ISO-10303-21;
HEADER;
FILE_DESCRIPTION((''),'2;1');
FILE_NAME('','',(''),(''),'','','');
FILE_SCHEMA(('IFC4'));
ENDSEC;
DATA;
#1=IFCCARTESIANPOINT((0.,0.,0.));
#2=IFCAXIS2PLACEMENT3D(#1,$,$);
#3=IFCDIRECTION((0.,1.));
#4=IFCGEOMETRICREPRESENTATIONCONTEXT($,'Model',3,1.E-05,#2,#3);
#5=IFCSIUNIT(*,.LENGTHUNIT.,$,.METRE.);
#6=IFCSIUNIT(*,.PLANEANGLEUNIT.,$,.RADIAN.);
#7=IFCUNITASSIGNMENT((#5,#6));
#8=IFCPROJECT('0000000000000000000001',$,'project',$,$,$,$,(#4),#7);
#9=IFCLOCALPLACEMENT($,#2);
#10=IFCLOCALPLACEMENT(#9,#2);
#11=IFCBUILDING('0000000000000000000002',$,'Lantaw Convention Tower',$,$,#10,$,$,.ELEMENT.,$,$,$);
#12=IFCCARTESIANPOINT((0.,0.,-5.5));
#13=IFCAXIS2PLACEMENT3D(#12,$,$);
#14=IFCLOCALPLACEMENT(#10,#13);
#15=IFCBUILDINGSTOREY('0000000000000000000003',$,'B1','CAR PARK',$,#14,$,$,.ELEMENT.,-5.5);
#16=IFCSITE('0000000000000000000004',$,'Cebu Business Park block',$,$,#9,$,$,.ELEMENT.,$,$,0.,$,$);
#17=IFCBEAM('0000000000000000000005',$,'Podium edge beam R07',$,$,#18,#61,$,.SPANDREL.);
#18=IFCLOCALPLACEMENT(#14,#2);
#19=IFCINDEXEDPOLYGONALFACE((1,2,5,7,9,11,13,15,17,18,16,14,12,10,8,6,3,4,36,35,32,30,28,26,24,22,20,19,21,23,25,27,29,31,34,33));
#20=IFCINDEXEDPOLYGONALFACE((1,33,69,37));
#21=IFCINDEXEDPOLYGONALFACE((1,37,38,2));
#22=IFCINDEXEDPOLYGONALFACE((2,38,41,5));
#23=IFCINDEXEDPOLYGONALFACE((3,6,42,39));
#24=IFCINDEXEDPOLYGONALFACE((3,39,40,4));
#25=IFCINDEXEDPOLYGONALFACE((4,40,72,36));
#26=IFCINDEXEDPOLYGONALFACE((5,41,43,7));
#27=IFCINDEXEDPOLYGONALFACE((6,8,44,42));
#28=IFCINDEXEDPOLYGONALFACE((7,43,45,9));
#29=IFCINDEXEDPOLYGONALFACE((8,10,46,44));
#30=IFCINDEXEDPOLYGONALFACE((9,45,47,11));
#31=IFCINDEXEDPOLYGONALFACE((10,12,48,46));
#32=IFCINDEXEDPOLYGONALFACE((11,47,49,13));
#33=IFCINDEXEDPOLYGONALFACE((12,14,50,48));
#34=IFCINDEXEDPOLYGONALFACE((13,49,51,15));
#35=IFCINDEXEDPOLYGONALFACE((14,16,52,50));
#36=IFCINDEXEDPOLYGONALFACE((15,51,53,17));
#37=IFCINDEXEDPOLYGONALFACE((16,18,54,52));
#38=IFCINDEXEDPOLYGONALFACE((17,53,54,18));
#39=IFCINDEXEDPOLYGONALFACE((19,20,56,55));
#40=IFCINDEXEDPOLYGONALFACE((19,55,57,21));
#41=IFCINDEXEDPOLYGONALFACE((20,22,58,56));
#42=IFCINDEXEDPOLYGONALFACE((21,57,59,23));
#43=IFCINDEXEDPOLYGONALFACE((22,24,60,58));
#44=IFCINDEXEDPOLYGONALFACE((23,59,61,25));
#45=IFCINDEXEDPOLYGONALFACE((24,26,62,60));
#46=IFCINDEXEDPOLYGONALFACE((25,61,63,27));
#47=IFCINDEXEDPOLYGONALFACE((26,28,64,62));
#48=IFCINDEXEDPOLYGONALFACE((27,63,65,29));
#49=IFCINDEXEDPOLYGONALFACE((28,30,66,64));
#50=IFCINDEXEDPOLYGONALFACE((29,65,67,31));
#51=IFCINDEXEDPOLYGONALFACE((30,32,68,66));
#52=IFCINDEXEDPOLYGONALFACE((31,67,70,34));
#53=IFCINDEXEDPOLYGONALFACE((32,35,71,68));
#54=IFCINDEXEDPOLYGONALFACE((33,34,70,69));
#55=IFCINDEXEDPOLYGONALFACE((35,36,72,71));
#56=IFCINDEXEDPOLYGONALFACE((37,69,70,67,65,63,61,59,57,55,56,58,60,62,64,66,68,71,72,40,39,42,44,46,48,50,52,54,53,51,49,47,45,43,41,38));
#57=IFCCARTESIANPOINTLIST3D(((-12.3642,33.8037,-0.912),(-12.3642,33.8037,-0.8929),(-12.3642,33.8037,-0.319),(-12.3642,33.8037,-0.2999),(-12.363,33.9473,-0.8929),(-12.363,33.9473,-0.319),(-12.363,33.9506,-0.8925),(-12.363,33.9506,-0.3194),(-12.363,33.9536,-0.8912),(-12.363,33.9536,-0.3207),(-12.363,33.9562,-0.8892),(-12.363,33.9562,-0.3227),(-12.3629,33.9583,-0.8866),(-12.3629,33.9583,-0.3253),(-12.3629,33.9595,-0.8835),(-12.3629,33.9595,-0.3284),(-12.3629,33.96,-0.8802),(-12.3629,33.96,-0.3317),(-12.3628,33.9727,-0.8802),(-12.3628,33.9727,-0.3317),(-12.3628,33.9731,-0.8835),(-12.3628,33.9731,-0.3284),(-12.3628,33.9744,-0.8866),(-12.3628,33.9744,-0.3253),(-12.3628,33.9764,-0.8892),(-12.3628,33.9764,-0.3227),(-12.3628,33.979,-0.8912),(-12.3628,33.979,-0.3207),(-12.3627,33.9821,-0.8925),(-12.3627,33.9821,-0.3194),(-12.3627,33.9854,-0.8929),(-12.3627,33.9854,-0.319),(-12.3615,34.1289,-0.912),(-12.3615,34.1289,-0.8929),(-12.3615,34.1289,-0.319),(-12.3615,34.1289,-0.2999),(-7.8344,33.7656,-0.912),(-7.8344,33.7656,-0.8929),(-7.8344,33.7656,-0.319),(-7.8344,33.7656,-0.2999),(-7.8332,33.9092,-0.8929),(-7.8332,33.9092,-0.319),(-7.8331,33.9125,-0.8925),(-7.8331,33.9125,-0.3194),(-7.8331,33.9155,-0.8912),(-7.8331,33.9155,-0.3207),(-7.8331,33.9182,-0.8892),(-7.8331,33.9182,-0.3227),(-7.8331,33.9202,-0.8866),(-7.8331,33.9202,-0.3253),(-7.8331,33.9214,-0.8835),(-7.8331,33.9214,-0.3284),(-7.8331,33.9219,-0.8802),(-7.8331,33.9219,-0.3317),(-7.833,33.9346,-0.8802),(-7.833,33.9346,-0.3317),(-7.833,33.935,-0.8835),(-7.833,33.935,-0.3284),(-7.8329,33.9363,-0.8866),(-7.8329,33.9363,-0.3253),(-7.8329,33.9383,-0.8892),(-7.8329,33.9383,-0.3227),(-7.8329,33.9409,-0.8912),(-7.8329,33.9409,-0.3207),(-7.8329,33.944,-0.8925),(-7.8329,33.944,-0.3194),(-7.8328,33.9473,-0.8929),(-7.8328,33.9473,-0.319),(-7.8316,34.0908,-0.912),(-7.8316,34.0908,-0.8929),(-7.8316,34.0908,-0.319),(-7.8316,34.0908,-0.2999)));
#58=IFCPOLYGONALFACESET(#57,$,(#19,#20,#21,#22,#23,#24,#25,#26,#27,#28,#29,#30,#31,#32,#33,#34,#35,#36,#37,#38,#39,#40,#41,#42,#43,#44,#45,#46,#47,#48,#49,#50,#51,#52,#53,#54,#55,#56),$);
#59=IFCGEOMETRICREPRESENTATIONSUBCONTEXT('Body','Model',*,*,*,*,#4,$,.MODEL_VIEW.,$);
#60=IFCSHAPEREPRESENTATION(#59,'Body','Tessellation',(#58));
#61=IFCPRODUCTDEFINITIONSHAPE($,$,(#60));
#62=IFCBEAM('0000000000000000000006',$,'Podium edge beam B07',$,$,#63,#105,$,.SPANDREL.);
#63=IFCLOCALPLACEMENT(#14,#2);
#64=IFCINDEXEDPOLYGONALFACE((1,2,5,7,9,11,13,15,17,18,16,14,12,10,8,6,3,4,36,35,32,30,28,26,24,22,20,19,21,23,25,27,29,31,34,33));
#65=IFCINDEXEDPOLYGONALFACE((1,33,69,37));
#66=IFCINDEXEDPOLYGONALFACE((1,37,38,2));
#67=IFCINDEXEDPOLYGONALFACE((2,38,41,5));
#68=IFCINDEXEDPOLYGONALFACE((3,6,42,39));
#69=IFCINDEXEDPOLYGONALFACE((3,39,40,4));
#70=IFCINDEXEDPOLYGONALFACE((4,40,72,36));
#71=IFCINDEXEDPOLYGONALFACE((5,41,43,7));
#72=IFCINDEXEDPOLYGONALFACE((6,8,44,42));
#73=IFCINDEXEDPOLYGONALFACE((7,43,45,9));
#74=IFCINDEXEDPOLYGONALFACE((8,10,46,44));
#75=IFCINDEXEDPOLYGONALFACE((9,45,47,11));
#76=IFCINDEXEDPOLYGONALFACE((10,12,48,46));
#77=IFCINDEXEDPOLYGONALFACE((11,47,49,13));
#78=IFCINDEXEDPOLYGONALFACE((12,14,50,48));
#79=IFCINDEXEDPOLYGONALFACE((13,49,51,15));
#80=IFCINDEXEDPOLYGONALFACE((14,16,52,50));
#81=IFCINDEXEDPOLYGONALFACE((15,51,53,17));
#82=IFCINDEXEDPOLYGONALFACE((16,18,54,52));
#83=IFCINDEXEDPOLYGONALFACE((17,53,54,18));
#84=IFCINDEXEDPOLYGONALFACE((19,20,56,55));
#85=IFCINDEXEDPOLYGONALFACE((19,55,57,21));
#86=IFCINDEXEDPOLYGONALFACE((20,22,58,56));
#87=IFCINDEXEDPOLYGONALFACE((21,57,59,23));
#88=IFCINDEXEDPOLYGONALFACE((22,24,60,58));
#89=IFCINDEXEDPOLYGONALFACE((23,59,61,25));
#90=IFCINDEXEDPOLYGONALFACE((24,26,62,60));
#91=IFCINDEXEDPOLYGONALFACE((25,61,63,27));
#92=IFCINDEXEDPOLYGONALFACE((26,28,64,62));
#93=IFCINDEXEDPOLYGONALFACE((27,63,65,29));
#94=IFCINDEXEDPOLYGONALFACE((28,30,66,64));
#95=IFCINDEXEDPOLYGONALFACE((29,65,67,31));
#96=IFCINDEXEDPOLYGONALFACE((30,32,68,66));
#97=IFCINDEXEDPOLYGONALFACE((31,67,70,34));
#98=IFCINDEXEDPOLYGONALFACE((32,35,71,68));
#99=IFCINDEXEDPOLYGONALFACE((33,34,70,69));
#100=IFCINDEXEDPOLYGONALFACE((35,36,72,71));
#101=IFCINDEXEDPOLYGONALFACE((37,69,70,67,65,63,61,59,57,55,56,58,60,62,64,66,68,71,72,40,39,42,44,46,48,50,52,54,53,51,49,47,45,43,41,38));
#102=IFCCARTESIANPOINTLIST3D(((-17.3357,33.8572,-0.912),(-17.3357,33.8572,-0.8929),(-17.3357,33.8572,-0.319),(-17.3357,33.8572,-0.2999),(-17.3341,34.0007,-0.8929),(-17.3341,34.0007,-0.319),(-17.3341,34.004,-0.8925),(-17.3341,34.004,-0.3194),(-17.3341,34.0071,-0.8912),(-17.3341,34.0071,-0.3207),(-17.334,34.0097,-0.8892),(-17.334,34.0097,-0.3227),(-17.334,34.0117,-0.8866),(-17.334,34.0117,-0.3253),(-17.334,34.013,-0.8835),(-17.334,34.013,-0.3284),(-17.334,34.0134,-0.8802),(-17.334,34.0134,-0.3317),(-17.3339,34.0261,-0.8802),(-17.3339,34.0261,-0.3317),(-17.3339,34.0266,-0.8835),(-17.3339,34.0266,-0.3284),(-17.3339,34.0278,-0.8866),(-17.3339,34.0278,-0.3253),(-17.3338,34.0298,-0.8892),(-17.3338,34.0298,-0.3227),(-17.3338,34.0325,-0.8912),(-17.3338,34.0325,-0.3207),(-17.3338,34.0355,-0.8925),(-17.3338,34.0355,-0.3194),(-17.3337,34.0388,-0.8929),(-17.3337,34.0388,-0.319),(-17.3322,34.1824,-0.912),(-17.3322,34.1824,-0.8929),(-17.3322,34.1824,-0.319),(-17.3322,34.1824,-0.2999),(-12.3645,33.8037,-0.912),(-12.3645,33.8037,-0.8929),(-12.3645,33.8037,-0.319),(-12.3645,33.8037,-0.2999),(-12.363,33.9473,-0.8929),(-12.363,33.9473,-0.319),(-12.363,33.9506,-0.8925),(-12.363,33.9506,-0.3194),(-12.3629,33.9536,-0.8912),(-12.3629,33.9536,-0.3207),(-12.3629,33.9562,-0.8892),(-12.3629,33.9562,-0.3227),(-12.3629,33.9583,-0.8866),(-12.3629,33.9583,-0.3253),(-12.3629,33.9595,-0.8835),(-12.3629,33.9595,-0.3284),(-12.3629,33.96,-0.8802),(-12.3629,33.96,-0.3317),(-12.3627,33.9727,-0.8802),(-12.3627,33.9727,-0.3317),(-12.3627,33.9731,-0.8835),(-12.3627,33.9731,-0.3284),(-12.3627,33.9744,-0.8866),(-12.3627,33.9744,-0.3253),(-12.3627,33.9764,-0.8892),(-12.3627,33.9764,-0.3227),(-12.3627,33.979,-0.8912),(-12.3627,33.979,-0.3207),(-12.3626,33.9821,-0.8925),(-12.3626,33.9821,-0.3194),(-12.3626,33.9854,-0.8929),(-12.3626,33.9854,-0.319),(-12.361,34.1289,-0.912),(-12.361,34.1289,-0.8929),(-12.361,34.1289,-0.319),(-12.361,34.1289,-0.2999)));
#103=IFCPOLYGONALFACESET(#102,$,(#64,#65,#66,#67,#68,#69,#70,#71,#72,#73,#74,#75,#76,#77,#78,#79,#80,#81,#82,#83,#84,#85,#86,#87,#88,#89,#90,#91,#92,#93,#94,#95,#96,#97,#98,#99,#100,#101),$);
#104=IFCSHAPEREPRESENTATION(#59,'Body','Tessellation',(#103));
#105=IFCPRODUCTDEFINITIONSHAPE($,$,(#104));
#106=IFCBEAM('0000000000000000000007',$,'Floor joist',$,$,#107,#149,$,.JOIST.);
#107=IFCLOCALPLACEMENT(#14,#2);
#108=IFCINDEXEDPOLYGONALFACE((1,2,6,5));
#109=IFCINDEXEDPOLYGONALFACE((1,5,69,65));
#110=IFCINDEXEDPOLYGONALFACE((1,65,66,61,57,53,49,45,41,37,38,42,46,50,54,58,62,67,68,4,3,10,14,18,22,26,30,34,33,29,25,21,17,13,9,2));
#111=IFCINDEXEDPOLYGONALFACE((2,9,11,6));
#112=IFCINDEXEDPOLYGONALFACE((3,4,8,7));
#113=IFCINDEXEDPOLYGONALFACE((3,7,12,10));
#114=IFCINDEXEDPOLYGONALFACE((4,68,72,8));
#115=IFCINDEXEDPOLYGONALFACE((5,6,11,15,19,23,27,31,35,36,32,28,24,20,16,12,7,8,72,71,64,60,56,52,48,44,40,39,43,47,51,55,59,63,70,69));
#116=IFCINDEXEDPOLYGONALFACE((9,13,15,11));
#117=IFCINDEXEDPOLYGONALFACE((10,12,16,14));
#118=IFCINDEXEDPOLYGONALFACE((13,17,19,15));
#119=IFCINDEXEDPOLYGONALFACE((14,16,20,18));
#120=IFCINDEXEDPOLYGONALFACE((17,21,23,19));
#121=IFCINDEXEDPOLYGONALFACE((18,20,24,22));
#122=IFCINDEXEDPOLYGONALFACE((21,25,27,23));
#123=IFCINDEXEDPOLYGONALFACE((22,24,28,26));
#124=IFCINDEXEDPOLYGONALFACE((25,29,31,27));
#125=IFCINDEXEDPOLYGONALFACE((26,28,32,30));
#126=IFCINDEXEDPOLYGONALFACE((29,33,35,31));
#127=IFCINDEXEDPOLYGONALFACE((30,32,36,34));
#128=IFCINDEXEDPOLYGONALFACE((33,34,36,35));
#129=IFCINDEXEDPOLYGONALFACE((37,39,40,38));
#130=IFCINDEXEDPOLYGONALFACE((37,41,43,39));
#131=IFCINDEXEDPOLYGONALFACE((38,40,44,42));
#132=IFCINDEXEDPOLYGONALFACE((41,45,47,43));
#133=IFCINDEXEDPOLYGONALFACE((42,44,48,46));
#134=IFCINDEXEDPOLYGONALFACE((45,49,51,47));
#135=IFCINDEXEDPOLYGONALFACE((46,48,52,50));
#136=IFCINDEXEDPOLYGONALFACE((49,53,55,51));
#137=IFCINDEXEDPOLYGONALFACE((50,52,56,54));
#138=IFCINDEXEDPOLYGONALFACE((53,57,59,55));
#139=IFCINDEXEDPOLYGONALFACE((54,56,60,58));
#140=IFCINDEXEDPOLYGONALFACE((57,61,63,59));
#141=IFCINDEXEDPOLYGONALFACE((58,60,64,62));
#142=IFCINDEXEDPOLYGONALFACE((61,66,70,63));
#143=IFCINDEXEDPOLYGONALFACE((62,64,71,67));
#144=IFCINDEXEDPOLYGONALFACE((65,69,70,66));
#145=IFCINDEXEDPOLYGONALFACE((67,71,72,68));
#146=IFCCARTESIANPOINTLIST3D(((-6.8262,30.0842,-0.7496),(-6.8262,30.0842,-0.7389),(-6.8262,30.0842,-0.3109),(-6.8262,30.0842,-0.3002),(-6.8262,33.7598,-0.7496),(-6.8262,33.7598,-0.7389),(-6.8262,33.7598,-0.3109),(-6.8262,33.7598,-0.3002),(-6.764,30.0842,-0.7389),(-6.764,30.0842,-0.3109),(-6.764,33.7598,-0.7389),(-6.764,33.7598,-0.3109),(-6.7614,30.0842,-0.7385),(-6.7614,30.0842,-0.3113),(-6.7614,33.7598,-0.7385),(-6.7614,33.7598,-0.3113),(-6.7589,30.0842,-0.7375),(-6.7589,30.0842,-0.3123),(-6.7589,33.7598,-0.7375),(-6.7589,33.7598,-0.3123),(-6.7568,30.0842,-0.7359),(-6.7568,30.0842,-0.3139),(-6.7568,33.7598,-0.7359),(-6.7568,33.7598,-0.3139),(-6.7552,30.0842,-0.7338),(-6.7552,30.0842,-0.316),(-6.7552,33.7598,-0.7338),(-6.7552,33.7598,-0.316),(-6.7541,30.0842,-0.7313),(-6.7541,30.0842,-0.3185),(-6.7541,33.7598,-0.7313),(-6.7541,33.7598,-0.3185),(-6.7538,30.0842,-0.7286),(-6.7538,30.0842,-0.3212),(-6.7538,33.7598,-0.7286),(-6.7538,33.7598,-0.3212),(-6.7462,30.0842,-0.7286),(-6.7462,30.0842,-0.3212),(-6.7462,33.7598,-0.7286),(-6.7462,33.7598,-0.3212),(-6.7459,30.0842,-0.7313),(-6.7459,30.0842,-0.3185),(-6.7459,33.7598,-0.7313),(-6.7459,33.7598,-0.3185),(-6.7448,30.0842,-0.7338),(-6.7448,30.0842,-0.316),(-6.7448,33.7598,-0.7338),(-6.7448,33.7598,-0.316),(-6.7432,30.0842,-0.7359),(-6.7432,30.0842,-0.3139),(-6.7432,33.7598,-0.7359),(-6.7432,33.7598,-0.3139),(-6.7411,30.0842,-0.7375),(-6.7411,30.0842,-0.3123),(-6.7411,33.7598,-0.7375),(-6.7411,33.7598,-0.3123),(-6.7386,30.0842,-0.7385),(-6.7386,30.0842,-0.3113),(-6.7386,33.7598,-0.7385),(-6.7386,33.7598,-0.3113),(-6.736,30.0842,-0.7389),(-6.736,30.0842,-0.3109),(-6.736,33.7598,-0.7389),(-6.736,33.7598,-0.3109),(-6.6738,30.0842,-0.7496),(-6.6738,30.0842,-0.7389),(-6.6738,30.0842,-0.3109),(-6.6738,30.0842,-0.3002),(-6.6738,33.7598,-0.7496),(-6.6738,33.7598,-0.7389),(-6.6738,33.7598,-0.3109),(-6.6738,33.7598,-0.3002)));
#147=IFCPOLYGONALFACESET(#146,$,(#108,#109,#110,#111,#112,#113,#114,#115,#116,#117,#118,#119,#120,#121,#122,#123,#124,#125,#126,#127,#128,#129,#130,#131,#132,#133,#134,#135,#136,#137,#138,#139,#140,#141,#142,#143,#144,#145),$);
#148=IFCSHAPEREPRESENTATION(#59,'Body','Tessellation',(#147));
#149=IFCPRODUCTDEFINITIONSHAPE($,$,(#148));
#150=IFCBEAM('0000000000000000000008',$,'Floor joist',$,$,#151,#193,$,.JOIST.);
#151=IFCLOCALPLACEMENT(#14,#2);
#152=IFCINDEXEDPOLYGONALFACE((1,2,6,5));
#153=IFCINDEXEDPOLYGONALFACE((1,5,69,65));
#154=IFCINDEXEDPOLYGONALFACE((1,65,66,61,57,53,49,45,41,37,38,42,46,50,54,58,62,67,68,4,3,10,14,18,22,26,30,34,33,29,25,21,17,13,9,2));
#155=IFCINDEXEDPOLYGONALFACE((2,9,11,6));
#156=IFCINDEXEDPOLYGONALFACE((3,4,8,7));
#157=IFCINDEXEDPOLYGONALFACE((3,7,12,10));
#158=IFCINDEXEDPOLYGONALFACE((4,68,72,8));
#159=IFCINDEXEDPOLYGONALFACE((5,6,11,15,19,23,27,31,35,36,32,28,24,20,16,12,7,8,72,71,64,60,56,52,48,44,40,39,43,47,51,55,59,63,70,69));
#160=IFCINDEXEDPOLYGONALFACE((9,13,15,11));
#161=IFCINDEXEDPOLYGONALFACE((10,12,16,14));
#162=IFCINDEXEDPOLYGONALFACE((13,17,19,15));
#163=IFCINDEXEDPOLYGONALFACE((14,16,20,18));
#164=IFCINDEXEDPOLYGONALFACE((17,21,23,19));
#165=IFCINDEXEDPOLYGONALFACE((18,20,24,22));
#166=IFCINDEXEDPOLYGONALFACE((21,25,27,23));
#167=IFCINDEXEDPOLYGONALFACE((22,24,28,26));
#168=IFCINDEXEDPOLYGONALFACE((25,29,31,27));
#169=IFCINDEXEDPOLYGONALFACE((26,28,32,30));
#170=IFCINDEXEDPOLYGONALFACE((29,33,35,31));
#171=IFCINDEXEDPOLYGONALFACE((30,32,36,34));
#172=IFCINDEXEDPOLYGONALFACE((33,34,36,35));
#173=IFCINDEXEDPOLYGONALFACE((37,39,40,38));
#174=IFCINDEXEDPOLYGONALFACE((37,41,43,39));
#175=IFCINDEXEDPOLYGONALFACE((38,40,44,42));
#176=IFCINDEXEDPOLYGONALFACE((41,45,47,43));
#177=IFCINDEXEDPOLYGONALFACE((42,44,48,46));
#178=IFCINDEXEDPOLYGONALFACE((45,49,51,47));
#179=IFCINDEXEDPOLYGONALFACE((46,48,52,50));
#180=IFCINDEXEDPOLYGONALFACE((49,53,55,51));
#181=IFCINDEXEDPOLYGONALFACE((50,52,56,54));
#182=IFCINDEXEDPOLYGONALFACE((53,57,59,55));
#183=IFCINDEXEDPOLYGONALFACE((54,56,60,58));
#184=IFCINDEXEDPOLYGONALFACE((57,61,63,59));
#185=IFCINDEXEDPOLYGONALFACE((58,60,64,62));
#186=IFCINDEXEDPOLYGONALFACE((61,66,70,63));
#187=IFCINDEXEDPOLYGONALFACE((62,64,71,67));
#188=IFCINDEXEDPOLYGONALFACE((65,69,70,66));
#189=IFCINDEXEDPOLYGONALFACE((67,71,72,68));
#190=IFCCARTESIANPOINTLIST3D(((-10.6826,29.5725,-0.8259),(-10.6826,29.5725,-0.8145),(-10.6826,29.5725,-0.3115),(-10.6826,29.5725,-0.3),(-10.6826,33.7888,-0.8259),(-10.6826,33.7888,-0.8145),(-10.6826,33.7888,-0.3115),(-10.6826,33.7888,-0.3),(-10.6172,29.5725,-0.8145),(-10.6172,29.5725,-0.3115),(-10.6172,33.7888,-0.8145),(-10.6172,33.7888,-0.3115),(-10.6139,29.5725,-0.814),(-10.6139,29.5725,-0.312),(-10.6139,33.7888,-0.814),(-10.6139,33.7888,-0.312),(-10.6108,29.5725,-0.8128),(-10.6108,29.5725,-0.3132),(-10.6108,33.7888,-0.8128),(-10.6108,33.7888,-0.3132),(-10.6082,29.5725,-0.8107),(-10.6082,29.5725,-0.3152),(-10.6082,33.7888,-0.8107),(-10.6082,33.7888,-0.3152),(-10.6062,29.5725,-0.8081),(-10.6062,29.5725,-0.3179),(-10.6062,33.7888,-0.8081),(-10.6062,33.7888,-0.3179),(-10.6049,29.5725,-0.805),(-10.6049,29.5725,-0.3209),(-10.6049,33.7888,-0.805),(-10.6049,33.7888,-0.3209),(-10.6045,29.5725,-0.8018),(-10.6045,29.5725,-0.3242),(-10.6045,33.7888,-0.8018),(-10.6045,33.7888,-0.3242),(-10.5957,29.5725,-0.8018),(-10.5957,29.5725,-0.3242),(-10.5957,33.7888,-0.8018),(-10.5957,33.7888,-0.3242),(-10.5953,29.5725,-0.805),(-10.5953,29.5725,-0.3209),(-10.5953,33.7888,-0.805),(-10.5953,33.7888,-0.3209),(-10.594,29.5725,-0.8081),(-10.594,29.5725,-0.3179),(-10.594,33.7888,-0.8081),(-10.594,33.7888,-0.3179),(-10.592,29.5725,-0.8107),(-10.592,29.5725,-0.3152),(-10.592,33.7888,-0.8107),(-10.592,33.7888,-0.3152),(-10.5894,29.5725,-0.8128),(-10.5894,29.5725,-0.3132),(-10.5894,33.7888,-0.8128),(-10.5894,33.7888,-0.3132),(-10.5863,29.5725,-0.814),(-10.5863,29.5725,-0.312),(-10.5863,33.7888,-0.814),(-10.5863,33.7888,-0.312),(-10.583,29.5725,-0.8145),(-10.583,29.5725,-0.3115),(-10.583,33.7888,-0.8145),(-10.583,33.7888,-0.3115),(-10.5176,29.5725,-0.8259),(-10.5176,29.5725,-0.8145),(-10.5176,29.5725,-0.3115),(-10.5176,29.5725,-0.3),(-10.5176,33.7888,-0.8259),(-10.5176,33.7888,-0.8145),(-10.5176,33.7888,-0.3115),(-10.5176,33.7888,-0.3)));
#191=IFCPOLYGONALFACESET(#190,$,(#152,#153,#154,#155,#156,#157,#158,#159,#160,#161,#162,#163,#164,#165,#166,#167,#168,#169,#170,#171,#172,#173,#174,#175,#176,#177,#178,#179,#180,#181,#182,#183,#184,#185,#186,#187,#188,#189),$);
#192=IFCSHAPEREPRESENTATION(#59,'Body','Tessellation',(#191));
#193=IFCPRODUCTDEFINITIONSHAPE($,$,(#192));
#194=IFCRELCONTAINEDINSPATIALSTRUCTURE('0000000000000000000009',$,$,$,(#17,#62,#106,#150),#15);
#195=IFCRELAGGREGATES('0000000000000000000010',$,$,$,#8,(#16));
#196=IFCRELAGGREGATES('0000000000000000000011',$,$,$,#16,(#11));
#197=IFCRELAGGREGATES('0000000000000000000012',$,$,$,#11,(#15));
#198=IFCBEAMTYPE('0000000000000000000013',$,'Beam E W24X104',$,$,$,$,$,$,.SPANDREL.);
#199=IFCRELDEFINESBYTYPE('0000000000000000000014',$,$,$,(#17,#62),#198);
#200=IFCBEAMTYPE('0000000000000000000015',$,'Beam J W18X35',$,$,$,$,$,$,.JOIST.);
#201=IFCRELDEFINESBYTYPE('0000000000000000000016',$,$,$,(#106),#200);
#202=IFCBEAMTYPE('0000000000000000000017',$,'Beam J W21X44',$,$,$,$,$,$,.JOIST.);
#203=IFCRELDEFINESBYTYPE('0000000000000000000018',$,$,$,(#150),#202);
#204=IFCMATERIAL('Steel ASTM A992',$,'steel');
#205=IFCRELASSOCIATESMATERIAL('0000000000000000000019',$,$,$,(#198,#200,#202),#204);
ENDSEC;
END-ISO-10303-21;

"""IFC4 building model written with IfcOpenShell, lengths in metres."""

from ifc_helpers import new_model, si_unit, direction, frame, origin, origin_2d, place, context, subcontext, project, spatial, i_section, extrude, material, material_profile, profile_set, type_object, element, save


model = new_model("IFC4")

# Units and contexts
model_context = context("Model", 3, precision=1e-05, world=origin(), true_north=direction((0.0, 1.0)))
body_context = subcontext(model_context, "Body", "Model", "MODEL_VIEW")
ifc_project = project(units=[si_unit("LENGTHUNIT", "METRE"), si_unit("PLANEANGLEUNIT", "RADIAN")], contexts=[model_context])

# Site, building, storey
site_placement = place(None, origin())
site = spatial("IfcSite", under=ifc_project, at=site_placement, Name="Cebu Business Park block", CompositionType="ELEMENT", RefElevation=0.0)
building_placement = place(site_placement, origin())
building = spatial("IfcBuilding", under=site, at=building_placement, Name="Lantaw Convention Tower", CompositionType="ELEMENT")
storey_placement = place(building_placement, frame((0.0, 0.0, -5.5)))
storey = spatial("IfcBuildingStorey", under=building, at=storey_placement, Name="B1", Description="CAR PARK", CompositionType="ELEMENT", Elevation=-5.5)

# Beams
ifc_material_1 = material(Name="Steel ASTM A992", Category="steel")
ifc_material_profile_1 = material_profile(ifc_material_1, i_section(OverallWidth=0.3252, OverallDepth=0.6121, WebThickness=0.0127, FlangeThickness=0.019, FilletRadius=0.0127, at=origin_2d()), Name="W24X104")
ifc_profile_set_1 = profile_set([ifc_material_profile_1], Name="Steel ASTM A992")
beam_type_1 = type_object("IfcBeamType", Name="Beam E W24X104", PredefinedType="SPANDREL", material=ifc_profile_set_1)
beam_1_placement = place(storey_placement, frame((-7.833, 33.9282, -0.606), z_axis=(-0.999965, 0.008408, 0.0), x_axis=(-0.008408, -0.999965, 0.0)))
element("IfcBeam", 1, at=beam_1_placement, inside=storey, type_object=beam_type_1, Name="Podium edge beam R07", PredefinedType="SPANDREL", context=body_context, shape_type="SweptSolid", body=[
    extrude(i_section(OverallWidth=0.3252, OverallDepth=0.6121, WebThickness=0.0127, FlangeThickness=0.019, FilletRadius=0.0127, at=origin_2d()), origin(), (0.0, 0.0, 1.0), 4.53),
])
beam_2_placement = place(storey_placement, frame((-12.3628, 33.9663, -0.606), z_axis=(-0.999942, 0.010755, 0.0), x_axis=(-0.010755, -0.999942, 0.0)))
element("IfcBeam", 2, at=beam_2_placement, inside=storey, type_object=beam_type_1, Name="Podium edge beam B07", PredefinedType="SPANDREL", context=body_context, shape_type="SweptSolid", body=[
    extrude(i_section(OverallWidth=0.3252, OverallDepth=0.6121, WebThickness=0.0127, FlangeThickness=0.019, FilletRadius=0.0127, at=origin_2d()), origin(), (0.0, 0.0, 1.0), 4.9714),
])
ifc_material_profile_2 = material_profile(ifc_material_1, i_section(OverallWidth=0.1523, OverallDepth=0.4495, WebThickness=0.0076, FlangeThickness=0.0107, FilletRadius=0.0103, at=origin_2d()), Name="W18X35")
ifc_profile_set_2 = profile_set([ifc_material_profile_2], Name="Steel ASTM A992")
beam_type_2 = type_object("IfcBeamType", Name="Beam J W18X35", PredefinedType="JOIST", material=ifc_profile_set_2)
beam_3_placement = place(storey_placement, frame((-6.75, 30.0842, -0.5249), z_axis=(0.0, 1.0, 0.0), x_axis=(-1.0, 0.0, 0.0)))
element("IfcBeam", 3, at=beam_3_placement, inside=storey, type_object=beam_type_2, Name="Floor joist", PredefinedType="JOIST", context=body_context, shape_type="SweptSolid", body=[
    extrude(i_section(OverallWidth=0.1523, OverallDepth=0.4495, WebThickness=0.0076, FlangeThickness=0.0107, FilletRadius=0.0103, at=origin_2d()), origin(), (0.0, 0.0, 1.0), 3.6755),
])
ifc_material_profile_3 = material_profile(ifc_material_1, i_section(OverallWidth=0.165, OverallDepth=0.5259, WebThickness=0.0088, FlangeThickness=0.0115, FilletRadius=0.0127, at=origin_2d()), Name="W21X44")
ifc_profile_set_3 = profile_set([ifc_material_profile_3], Name="Steel ASTM A992")
beam_type_3 = type_object("IfcBeamType", Name="Beam J W21X44", PredefinedType="JOIST", material=ifc_profile_set_3)
beam_4_placement = place(storey_placement, frame((-10.6001, 29.5725, -0.563), z_axis=(0.0, 1.0, 0.0), x_axis=(-1.0, 0.0, 0.0)))
element("IfcBeam", 4, at=beam_4_placement, inside=storey, type_object=beam_type_3, Name="Floor joist", PredefinedType="JOIST", context=body_context, shape_type="SweptSolid", body=[
    extrude(i_section(OverallWidth=0.165, OverallDepth=0.5259, WebThickness=0.0088, FlangeThickness=0.0115, FilletRadius=0.0127, at=origin_2d()), origin(), (0.0, 0.0, 1.0), 4.2163),
])

save(model, "model.ifc")
